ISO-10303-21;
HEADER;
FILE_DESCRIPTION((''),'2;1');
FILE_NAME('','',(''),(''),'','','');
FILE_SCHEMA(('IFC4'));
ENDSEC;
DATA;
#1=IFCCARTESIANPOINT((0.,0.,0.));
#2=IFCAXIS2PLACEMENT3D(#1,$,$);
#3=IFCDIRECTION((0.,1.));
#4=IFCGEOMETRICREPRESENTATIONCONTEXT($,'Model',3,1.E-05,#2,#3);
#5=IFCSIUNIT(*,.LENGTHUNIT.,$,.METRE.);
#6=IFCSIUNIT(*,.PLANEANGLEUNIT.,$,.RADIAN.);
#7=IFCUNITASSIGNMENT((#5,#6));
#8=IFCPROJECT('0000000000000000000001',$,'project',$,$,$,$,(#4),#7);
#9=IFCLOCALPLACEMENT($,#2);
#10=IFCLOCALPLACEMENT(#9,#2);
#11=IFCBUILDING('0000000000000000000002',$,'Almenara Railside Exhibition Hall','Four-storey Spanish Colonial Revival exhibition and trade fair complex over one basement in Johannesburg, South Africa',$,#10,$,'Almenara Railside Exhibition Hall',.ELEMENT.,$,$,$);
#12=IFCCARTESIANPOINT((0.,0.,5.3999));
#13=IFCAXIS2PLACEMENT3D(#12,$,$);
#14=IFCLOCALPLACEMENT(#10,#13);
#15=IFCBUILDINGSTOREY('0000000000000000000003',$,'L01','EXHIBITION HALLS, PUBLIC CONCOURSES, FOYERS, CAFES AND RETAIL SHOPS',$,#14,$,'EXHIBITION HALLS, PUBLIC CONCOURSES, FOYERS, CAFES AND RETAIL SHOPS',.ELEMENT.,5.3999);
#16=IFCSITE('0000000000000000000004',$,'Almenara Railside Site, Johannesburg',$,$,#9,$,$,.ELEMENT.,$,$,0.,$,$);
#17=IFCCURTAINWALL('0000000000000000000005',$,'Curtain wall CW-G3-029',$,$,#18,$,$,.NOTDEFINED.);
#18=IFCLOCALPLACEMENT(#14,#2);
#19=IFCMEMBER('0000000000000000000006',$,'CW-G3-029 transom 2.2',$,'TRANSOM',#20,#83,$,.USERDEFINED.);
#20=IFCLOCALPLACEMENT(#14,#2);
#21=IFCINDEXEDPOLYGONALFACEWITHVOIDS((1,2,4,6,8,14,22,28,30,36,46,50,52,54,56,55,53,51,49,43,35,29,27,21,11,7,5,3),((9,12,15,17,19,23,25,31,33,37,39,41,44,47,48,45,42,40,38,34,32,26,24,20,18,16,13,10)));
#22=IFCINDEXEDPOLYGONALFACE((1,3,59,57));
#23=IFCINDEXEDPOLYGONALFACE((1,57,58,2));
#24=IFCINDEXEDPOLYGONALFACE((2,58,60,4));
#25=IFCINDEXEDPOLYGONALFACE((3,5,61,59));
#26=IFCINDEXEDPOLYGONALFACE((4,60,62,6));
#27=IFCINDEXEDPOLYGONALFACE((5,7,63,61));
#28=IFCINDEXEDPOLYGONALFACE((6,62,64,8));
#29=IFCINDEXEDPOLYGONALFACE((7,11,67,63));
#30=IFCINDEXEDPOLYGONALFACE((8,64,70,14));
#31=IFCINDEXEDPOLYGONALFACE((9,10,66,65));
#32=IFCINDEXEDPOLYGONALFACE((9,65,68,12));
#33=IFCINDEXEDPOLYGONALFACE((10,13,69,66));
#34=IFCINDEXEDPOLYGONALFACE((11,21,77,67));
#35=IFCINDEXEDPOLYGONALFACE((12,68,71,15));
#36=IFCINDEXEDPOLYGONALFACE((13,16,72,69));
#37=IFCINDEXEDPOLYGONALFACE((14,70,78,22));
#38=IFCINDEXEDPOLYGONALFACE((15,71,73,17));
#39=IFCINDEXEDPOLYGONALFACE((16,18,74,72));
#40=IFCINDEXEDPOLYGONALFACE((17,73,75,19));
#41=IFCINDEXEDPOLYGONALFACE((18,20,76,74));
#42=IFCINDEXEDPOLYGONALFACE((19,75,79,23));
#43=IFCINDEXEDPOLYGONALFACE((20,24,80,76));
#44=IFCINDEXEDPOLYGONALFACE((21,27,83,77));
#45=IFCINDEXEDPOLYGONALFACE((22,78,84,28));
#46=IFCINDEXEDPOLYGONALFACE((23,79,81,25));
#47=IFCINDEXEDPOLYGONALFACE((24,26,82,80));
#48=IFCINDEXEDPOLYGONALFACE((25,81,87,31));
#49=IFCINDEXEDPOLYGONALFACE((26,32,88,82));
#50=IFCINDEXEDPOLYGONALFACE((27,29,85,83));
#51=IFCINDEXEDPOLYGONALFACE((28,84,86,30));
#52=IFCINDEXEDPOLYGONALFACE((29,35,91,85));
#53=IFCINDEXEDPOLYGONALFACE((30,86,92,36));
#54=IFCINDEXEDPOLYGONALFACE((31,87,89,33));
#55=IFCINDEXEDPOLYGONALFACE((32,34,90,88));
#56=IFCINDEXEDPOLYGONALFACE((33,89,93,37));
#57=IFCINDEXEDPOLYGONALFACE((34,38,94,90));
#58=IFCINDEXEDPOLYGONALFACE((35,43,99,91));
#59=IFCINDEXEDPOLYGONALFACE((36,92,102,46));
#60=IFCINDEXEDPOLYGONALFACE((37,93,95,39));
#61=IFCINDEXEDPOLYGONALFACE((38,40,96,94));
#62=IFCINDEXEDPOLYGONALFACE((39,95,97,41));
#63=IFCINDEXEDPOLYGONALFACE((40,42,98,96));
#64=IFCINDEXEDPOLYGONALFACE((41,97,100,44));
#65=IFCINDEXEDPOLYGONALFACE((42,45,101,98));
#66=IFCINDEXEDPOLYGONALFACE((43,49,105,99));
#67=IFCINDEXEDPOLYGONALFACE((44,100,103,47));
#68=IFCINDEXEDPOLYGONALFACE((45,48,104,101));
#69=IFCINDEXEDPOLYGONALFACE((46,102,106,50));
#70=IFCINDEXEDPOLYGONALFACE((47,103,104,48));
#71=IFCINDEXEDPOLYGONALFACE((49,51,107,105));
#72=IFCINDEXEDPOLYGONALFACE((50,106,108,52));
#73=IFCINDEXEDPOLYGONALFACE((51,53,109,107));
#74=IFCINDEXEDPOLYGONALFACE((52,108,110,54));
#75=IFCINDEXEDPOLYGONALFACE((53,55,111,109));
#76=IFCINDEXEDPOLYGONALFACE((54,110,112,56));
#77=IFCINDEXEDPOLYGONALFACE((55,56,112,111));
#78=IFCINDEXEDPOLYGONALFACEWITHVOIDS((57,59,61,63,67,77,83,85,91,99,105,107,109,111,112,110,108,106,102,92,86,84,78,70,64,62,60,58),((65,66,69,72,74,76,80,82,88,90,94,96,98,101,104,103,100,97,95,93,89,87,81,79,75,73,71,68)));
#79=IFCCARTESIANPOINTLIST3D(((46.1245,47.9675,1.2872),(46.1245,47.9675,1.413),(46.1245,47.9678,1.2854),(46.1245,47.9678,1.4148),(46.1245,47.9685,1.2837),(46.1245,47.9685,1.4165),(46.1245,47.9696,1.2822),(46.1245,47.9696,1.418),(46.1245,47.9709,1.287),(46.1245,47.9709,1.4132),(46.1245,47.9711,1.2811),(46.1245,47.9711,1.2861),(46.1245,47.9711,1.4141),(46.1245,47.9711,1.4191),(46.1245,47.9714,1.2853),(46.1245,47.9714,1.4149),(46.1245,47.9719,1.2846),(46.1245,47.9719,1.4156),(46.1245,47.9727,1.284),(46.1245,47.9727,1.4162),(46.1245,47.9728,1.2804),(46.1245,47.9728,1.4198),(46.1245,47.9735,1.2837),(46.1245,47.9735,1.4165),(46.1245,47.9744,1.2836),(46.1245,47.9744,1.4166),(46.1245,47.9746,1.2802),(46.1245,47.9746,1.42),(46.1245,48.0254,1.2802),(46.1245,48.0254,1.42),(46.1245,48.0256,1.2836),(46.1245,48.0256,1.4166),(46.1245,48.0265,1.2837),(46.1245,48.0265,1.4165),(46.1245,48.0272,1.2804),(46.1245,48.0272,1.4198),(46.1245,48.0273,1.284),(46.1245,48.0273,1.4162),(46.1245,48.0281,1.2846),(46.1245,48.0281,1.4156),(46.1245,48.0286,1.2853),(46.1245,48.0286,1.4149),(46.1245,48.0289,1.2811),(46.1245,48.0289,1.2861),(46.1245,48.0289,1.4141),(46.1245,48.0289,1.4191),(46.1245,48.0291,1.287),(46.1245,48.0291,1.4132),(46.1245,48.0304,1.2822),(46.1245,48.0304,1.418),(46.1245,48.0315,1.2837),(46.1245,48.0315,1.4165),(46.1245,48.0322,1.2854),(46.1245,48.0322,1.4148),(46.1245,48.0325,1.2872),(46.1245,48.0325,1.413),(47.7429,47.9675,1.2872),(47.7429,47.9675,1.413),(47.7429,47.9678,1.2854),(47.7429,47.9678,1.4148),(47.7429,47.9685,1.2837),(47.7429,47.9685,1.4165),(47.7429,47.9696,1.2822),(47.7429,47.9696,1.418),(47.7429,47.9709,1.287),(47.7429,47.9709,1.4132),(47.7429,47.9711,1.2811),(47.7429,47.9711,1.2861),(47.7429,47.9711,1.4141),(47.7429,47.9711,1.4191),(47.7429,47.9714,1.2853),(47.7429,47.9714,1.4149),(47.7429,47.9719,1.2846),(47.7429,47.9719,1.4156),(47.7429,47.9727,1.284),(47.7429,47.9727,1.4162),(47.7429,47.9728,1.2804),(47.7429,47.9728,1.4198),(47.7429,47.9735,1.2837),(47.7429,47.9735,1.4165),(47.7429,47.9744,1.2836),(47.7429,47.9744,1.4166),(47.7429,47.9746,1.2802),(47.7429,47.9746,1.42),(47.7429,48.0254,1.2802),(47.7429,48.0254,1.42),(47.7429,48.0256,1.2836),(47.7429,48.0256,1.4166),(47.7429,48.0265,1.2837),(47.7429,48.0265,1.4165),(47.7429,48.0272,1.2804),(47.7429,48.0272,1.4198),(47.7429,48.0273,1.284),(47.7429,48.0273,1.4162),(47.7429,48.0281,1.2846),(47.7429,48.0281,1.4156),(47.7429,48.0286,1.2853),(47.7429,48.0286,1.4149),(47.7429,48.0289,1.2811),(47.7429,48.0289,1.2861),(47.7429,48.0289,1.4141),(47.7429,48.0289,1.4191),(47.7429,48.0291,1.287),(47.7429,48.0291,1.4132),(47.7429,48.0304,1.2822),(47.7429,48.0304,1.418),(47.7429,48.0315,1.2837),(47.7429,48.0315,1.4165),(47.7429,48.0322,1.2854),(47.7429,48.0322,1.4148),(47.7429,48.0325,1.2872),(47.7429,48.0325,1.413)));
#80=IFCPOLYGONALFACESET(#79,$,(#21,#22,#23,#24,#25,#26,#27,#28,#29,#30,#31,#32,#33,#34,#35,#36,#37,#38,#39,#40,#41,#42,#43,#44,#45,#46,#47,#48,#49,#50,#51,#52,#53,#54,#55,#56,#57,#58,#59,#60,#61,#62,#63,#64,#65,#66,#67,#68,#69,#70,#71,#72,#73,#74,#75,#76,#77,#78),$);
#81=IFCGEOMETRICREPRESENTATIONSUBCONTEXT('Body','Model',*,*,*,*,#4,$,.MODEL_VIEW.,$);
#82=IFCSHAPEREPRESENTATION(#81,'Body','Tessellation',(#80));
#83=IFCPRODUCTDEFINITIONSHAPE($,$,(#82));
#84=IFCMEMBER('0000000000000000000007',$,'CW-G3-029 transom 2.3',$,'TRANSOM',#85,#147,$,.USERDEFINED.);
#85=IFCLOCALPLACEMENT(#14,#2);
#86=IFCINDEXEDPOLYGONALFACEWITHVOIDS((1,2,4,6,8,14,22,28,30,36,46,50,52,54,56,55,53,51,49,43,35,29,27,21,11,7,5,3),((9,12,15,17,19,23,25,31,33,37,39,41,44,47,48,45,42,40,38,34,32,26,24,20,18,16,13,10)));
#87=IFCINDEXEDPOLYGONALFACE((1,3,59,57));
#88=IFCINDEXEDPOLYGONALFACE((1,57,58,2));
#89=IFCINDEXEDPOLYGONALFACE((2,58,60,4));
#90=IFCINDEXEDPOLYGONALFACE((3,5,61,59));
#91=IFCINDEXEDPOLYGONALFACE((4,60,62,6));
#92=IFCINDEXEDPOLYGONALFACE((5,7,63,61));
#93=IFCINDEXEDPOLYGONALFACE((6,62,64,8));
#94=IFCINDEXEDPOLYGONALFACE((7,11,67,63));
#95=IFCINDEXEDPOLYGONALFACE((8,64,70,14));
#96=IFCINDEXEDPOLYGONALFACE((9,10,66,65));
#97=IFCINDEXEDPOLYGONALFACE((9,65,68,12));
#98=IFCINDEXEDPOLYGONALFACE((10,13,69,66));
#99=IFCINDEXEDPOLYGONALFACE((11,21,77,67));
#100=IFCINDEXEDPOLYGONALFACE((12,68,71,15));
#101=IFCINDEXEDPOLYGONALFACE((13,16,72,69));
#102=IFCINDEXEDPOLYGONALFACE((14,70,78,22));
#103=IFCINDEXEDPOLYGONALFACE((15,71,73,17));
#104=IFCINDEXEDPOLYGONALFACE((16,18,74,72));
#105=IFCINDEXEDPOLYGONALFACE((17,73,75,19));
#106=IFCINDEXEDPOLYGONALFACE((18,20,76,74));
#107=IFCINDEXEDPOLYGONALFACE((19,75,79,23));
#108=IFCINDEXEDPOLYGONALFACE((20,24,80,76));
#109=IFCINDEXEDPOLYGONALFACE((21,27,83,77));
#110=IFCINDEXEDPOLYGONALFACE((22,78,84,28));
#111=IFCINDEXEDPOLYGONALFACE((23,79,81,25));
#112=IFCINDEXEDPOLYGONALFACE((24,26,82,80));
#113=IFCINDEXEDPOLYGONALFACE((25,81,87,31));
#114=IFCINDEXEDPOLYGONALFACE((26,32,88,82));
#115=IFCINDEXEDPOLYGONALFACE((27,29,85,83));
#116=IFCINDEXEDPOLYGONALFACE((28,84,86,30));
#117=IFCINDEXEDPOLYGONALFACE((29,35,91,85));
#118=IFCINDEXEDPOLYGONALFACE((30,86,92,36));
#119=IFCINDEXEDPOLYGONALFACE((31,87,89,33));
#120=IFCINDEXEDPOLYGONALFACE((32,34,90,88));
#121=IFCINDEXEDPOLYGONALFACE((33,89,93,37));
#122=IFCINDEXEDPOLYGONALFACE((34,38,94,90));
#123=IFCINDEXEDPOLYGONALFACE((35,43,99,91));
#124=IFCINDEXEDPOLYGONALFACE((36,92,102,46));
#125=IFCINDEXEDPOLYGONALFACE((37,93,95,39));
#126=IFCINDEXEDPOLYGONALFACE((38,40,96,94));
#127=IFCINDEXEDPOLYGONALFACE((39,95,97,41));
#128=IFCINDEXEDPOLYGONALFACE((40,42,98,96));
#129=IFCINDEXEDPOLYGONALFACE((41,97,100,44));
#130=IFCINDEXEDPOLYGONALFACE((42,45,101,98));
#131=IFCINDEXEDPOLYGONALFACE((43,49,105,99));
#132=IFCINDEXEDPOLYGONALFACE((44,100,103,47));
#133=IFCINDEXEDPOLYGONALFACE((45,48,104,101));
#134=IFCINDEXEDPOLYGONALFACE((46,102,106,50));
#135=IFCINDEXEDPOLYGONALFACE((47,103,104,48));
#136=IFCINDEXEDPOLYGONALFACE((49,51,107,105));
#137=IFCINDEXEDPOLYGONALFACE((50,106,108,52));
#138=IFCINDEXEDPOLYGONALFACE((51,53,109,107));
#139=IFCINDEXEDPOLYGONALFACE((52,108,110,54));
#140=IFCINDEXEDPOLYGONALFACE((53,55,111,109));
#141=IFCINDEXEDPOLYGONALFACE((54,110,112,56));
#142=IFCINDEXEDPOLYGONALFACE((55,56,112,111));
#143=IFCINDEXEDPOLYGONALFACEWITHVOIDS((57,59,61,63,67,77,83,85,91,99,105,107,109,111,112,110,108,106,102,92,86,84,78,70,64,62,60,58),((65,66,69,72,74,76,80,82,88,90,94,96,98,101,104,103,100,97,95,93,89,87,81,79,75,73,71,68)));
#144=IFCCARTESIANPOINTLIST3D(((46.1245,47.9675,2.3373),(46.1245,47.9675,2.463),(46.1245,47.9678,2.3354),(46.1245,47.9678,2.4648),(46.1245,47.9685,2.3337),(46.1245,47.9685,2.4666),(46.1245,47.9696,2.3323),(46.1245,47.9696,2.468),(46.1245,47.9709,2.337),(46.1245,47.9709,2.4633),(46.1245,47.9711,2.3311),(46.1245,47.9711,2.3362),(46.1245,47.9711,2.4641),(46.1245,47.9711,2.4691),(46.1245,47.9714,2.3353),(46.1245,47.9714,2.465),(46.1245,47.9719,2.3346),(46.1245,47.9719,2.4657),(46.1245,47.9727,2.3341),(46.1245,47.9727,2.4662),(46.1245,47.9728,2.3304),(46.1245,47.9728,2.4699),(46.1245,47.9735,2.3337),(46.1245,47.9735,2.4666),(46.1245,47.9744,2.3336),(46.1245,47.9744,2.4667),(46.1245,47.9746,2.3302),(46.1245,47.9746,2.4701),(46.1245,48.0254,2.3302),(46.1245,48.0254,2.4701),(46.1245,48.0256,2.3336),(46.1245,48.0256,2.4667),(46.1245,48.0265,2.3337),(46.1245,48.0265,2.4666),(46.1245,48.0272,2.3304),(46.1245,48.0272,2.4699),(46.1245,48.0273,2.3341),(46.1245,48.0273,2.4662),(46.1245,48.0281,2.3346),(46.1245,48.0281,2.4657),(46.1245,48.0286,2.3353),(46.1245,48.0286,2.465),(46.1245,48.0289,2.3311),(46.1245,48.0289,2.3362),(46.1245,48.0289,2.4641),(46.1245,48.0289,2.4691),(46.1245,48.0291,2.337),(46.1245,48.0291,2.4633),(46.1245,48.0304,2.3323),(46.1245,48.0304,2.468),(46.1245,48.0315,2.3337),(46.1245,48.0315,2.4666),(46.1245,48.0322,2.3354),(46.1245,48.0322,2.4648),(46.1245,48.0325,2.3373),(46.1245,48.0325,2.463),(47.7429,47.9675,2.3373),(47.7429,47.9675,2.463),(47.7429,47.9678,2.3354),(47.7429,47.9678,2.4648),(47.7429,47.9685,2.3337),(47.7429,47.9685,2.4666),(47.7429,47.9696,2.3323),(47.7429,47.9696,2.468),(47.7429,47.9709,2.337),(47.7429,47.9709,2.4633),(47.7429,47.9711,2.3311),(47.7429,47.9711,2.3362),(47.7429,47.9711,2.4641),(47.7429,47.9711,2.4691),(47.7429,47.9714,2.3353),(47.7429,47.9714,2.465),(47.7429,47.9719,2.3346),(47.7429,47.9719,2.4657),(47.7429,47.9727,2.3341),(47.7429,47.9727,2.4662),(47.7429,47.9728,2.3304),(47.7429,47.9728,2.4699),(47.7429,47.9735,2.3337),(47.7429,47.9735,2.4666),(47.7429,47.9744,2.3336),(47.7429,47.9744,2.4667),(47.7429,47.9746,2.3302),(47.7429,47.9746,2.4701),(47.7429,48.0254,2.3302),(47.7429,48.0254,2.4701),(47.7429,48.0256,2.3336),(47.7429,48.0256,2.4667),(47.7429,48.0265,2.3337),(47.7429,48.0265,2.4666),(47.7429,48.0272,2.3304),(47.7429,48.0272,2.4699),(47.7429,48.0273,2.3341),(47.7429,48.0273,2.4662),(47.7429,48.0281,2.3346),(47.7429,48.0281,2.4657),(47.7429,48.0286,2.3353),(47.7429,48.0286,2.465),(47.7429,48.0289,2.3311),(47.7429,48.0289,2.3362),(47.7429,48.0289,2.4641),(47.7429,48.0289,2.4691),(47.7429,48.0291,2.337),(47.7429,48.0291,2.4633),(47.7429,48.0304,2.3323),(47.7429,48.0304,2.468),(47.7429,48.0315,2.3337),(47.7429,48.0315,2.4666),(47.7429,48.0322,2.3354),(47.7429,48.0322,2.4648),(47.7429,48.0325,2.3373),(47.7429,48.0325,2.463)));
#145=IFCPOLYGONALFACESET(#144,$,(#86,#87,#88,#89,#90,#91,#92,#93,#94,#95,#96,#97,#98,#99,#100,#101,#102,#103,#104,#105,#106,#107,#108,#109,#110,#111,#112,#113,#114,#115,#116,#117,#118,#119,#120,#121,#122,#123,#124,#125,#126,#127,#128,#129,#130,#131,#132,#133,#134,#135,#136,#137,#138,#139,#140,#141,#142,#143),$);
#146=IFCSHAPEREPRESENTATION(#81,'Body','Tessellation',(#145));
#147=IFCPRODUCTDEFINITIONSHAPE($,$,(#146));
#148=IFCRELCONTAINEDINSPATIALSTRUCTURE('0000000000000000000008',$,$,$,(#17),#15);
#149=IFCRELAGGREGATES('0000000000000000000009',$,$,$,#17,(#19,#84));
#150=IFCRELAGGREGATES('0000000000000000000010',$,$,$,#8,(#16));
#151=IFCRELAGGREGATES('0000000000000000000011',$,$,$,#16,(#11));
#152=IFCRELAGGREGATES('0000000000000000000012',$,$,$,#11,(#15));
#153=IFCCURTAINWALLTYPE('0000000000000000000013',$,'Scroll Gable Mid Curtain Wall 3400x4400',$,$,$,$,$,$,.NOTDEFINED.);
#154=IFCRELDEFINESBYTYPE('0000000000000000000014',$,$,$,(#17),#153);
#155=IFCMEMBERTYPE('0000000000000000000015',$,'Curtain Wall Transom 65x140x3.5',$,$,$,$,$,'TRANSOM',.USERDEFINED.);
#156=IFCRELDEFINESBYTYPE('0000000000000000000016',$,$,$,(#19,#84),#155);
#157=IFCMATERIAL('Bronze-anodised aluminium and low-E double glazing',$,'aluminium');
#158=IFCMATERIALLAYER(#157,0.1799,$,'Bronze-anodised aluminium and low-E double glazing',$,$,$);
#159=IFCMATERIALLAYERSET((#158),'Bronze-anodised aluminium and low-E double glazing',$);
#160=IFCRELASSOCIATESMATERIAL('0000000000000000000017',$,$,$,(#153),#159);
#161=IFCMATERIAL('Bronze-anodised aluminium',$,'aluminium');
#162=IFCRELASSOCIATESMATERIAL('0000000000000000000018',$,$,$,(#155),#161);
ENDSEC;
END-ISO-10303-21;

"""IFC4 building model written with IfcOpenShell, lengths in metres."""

from ifc_helpers import new_model, si_unit, direction, frame, origin, origin_2d, place, context, subcontext, project, spatial, hollow_rectangle, extrude, material, layer, layer_set, material_profile, profile_set, type_object, element, aggregate, save


model = new_model("IFC4")

# Units and contexts
model_context = context("Model", 3, precision=1e-05, world=origin(), true_north=direction((0.0, 1.0)))
body_context = subcontext(model_context, "Body", "Model", "MODEL_VIEW")
ifc_project = project(units=[si_unit("LENGTHUNIT", "METRE"), si_unit("PLANEANGLEUNIT", "RADIAN")], contexts=[model_context])

# Site, building, storey
site_placement = place(None, origin())
site = spatial("IfcSite", under=ifc_project, at=site_placement, Name="Almenara Railside Site, Johannesburg", CompositionType="ELEMENT", RefElevation=0.0)
building_placement = place(site_placement, origin())
building = spatial("IfcBuilding", under=site, at=building_placement, Name="Almenara Railside Exhibition Hall", Description="Four-storey Spanish Colonial Revival exhibition and trade fair complex over one basement in Johannesburg, South Africa", LongName="Almenara Railside Exhibition Hall", CompositionType="ELEMENT")
storey_placement = place(building_placement, frame((0.0, 0.0, 5.3999)))
storey = spatial("IfcBuildingStorey", under=building, at=storey_placement, Name="L01", Description="EXHIBITION HALLS, PUBLIC CONCOURSES, FOYERS, CAFES AND RETAIL SHOPS", LongName="EXHIBITION HALLS, PUBLIC CONCOURSES, FOYERS, CAFES AND RETAIL SHOPS", CompositionType="ELEMENT", Elevation=5.3999)

# Shared definitions
ifc_material_1 = material(Name="Bronze-anodised aluminium and low-E double glazing", Category="aluminium")
ifc_material_2 = material(Name="Bronze-anodised aluminium", Category="aluminium")

# Curtain wall
ifc_layer_1 = layer(ifc_material_1, 0.1799, Name="Bronze-anodised aluminium and low-E double glazing")
ifc_layer_set_1 = layer_set([ifc_layer_1], Name="Bronze-anodised aluminium and low-E double glazing")
curtain_wall_type_1 = type_object("IfcCurtainWallType", Name="Scroll Gable Mid Curtain Wall 3400x4400", PredefinedType="NOTDEFINED", material=ifc_layer_set_1)
curtain_wall_1_placement = place(storey_placement, origin())
curtain_wall_1 = element("IfcCurtainWall", 1, at=curtain_wall_1_placement, inside=storey, type_object=curtain_wall_type_1, Name="Curtain wall CW-G3-029", PredefinedType="NOTDEFINED")

# Members
ifc_material_profile_1 = material_profile(ifc_material_2, hollow_rectangle(XDim=0.0649, YDim=0.1399, WallThickness=0.0034, InnerFilletRadius=0.0034, OuterFilletRadius=0.0071, at=origin_2d()), Name="ALU-TRN 65x140x3.5")
ifc_profile_set_1 = profile_set([ifc_material_profile_1], Name="Bronze-anodised aluminium")
member_type_1 = type_object("IfcMemberType", Name="Curtain Wall Transom 65x140x3.5", ElementType="TRANSOM", PredefinedType="USERDEFINED", material=ifc_profile_set_1)
member_1_placement = place(storey_placement, frame((46.1245, 48.0, 1.3501), z_axis=(1.0, 0.0, 0.0), x_axis=(0.0, 1.0, 0.0)))
member_1 = element("IfcMember", 2, at=member_1_placement, type_object=member_type_1, Name="CW-G3-029 transom 2.2", ObjectType="TRANSOM", PredefinedType="USERDEFINED", context=body_context, shape_type="SweptSolid", body=[
    extrude(hollow_rectangle(XDim=0.0649, YDim=0.1399, WallThickness=0.0034, InnerFilletRadius=0.0034, OuterFilletRadius=0.0071, at=origin_2d()), origin(), (0.0, 0.0, 1.0), 1.6184),
])
member_2_placement = place(storey_placement, frame((46.1245, 48.0, 2.4001), z_axis=(1.0, 0.0, 0.0), x_axis=(0.0, 1.0, 0.0)))
member_2 = element("IfcMember", 3, at=member_2_placement, type_object=member_type_1, Name="CW-G3-029 transom 2.3", ObjectType="TRANSOM", PredefinedType="USERDEFINED", context=body_context, shape_type="SweptSolid", body=[
    extrude(hollow_rectangle(XDim=0.0649, YDim=0.1399, WallThickness=0.0034, InnerFilletRadius=0.0034, OuterFilletRadius=0.0071, at=origin_2d()), origin(), (0.0, 0.0, 1.0), 1.6184),
])

aggregate(curtain_wall_1, [member_1, member_2])

save(model, "model.ifc")
